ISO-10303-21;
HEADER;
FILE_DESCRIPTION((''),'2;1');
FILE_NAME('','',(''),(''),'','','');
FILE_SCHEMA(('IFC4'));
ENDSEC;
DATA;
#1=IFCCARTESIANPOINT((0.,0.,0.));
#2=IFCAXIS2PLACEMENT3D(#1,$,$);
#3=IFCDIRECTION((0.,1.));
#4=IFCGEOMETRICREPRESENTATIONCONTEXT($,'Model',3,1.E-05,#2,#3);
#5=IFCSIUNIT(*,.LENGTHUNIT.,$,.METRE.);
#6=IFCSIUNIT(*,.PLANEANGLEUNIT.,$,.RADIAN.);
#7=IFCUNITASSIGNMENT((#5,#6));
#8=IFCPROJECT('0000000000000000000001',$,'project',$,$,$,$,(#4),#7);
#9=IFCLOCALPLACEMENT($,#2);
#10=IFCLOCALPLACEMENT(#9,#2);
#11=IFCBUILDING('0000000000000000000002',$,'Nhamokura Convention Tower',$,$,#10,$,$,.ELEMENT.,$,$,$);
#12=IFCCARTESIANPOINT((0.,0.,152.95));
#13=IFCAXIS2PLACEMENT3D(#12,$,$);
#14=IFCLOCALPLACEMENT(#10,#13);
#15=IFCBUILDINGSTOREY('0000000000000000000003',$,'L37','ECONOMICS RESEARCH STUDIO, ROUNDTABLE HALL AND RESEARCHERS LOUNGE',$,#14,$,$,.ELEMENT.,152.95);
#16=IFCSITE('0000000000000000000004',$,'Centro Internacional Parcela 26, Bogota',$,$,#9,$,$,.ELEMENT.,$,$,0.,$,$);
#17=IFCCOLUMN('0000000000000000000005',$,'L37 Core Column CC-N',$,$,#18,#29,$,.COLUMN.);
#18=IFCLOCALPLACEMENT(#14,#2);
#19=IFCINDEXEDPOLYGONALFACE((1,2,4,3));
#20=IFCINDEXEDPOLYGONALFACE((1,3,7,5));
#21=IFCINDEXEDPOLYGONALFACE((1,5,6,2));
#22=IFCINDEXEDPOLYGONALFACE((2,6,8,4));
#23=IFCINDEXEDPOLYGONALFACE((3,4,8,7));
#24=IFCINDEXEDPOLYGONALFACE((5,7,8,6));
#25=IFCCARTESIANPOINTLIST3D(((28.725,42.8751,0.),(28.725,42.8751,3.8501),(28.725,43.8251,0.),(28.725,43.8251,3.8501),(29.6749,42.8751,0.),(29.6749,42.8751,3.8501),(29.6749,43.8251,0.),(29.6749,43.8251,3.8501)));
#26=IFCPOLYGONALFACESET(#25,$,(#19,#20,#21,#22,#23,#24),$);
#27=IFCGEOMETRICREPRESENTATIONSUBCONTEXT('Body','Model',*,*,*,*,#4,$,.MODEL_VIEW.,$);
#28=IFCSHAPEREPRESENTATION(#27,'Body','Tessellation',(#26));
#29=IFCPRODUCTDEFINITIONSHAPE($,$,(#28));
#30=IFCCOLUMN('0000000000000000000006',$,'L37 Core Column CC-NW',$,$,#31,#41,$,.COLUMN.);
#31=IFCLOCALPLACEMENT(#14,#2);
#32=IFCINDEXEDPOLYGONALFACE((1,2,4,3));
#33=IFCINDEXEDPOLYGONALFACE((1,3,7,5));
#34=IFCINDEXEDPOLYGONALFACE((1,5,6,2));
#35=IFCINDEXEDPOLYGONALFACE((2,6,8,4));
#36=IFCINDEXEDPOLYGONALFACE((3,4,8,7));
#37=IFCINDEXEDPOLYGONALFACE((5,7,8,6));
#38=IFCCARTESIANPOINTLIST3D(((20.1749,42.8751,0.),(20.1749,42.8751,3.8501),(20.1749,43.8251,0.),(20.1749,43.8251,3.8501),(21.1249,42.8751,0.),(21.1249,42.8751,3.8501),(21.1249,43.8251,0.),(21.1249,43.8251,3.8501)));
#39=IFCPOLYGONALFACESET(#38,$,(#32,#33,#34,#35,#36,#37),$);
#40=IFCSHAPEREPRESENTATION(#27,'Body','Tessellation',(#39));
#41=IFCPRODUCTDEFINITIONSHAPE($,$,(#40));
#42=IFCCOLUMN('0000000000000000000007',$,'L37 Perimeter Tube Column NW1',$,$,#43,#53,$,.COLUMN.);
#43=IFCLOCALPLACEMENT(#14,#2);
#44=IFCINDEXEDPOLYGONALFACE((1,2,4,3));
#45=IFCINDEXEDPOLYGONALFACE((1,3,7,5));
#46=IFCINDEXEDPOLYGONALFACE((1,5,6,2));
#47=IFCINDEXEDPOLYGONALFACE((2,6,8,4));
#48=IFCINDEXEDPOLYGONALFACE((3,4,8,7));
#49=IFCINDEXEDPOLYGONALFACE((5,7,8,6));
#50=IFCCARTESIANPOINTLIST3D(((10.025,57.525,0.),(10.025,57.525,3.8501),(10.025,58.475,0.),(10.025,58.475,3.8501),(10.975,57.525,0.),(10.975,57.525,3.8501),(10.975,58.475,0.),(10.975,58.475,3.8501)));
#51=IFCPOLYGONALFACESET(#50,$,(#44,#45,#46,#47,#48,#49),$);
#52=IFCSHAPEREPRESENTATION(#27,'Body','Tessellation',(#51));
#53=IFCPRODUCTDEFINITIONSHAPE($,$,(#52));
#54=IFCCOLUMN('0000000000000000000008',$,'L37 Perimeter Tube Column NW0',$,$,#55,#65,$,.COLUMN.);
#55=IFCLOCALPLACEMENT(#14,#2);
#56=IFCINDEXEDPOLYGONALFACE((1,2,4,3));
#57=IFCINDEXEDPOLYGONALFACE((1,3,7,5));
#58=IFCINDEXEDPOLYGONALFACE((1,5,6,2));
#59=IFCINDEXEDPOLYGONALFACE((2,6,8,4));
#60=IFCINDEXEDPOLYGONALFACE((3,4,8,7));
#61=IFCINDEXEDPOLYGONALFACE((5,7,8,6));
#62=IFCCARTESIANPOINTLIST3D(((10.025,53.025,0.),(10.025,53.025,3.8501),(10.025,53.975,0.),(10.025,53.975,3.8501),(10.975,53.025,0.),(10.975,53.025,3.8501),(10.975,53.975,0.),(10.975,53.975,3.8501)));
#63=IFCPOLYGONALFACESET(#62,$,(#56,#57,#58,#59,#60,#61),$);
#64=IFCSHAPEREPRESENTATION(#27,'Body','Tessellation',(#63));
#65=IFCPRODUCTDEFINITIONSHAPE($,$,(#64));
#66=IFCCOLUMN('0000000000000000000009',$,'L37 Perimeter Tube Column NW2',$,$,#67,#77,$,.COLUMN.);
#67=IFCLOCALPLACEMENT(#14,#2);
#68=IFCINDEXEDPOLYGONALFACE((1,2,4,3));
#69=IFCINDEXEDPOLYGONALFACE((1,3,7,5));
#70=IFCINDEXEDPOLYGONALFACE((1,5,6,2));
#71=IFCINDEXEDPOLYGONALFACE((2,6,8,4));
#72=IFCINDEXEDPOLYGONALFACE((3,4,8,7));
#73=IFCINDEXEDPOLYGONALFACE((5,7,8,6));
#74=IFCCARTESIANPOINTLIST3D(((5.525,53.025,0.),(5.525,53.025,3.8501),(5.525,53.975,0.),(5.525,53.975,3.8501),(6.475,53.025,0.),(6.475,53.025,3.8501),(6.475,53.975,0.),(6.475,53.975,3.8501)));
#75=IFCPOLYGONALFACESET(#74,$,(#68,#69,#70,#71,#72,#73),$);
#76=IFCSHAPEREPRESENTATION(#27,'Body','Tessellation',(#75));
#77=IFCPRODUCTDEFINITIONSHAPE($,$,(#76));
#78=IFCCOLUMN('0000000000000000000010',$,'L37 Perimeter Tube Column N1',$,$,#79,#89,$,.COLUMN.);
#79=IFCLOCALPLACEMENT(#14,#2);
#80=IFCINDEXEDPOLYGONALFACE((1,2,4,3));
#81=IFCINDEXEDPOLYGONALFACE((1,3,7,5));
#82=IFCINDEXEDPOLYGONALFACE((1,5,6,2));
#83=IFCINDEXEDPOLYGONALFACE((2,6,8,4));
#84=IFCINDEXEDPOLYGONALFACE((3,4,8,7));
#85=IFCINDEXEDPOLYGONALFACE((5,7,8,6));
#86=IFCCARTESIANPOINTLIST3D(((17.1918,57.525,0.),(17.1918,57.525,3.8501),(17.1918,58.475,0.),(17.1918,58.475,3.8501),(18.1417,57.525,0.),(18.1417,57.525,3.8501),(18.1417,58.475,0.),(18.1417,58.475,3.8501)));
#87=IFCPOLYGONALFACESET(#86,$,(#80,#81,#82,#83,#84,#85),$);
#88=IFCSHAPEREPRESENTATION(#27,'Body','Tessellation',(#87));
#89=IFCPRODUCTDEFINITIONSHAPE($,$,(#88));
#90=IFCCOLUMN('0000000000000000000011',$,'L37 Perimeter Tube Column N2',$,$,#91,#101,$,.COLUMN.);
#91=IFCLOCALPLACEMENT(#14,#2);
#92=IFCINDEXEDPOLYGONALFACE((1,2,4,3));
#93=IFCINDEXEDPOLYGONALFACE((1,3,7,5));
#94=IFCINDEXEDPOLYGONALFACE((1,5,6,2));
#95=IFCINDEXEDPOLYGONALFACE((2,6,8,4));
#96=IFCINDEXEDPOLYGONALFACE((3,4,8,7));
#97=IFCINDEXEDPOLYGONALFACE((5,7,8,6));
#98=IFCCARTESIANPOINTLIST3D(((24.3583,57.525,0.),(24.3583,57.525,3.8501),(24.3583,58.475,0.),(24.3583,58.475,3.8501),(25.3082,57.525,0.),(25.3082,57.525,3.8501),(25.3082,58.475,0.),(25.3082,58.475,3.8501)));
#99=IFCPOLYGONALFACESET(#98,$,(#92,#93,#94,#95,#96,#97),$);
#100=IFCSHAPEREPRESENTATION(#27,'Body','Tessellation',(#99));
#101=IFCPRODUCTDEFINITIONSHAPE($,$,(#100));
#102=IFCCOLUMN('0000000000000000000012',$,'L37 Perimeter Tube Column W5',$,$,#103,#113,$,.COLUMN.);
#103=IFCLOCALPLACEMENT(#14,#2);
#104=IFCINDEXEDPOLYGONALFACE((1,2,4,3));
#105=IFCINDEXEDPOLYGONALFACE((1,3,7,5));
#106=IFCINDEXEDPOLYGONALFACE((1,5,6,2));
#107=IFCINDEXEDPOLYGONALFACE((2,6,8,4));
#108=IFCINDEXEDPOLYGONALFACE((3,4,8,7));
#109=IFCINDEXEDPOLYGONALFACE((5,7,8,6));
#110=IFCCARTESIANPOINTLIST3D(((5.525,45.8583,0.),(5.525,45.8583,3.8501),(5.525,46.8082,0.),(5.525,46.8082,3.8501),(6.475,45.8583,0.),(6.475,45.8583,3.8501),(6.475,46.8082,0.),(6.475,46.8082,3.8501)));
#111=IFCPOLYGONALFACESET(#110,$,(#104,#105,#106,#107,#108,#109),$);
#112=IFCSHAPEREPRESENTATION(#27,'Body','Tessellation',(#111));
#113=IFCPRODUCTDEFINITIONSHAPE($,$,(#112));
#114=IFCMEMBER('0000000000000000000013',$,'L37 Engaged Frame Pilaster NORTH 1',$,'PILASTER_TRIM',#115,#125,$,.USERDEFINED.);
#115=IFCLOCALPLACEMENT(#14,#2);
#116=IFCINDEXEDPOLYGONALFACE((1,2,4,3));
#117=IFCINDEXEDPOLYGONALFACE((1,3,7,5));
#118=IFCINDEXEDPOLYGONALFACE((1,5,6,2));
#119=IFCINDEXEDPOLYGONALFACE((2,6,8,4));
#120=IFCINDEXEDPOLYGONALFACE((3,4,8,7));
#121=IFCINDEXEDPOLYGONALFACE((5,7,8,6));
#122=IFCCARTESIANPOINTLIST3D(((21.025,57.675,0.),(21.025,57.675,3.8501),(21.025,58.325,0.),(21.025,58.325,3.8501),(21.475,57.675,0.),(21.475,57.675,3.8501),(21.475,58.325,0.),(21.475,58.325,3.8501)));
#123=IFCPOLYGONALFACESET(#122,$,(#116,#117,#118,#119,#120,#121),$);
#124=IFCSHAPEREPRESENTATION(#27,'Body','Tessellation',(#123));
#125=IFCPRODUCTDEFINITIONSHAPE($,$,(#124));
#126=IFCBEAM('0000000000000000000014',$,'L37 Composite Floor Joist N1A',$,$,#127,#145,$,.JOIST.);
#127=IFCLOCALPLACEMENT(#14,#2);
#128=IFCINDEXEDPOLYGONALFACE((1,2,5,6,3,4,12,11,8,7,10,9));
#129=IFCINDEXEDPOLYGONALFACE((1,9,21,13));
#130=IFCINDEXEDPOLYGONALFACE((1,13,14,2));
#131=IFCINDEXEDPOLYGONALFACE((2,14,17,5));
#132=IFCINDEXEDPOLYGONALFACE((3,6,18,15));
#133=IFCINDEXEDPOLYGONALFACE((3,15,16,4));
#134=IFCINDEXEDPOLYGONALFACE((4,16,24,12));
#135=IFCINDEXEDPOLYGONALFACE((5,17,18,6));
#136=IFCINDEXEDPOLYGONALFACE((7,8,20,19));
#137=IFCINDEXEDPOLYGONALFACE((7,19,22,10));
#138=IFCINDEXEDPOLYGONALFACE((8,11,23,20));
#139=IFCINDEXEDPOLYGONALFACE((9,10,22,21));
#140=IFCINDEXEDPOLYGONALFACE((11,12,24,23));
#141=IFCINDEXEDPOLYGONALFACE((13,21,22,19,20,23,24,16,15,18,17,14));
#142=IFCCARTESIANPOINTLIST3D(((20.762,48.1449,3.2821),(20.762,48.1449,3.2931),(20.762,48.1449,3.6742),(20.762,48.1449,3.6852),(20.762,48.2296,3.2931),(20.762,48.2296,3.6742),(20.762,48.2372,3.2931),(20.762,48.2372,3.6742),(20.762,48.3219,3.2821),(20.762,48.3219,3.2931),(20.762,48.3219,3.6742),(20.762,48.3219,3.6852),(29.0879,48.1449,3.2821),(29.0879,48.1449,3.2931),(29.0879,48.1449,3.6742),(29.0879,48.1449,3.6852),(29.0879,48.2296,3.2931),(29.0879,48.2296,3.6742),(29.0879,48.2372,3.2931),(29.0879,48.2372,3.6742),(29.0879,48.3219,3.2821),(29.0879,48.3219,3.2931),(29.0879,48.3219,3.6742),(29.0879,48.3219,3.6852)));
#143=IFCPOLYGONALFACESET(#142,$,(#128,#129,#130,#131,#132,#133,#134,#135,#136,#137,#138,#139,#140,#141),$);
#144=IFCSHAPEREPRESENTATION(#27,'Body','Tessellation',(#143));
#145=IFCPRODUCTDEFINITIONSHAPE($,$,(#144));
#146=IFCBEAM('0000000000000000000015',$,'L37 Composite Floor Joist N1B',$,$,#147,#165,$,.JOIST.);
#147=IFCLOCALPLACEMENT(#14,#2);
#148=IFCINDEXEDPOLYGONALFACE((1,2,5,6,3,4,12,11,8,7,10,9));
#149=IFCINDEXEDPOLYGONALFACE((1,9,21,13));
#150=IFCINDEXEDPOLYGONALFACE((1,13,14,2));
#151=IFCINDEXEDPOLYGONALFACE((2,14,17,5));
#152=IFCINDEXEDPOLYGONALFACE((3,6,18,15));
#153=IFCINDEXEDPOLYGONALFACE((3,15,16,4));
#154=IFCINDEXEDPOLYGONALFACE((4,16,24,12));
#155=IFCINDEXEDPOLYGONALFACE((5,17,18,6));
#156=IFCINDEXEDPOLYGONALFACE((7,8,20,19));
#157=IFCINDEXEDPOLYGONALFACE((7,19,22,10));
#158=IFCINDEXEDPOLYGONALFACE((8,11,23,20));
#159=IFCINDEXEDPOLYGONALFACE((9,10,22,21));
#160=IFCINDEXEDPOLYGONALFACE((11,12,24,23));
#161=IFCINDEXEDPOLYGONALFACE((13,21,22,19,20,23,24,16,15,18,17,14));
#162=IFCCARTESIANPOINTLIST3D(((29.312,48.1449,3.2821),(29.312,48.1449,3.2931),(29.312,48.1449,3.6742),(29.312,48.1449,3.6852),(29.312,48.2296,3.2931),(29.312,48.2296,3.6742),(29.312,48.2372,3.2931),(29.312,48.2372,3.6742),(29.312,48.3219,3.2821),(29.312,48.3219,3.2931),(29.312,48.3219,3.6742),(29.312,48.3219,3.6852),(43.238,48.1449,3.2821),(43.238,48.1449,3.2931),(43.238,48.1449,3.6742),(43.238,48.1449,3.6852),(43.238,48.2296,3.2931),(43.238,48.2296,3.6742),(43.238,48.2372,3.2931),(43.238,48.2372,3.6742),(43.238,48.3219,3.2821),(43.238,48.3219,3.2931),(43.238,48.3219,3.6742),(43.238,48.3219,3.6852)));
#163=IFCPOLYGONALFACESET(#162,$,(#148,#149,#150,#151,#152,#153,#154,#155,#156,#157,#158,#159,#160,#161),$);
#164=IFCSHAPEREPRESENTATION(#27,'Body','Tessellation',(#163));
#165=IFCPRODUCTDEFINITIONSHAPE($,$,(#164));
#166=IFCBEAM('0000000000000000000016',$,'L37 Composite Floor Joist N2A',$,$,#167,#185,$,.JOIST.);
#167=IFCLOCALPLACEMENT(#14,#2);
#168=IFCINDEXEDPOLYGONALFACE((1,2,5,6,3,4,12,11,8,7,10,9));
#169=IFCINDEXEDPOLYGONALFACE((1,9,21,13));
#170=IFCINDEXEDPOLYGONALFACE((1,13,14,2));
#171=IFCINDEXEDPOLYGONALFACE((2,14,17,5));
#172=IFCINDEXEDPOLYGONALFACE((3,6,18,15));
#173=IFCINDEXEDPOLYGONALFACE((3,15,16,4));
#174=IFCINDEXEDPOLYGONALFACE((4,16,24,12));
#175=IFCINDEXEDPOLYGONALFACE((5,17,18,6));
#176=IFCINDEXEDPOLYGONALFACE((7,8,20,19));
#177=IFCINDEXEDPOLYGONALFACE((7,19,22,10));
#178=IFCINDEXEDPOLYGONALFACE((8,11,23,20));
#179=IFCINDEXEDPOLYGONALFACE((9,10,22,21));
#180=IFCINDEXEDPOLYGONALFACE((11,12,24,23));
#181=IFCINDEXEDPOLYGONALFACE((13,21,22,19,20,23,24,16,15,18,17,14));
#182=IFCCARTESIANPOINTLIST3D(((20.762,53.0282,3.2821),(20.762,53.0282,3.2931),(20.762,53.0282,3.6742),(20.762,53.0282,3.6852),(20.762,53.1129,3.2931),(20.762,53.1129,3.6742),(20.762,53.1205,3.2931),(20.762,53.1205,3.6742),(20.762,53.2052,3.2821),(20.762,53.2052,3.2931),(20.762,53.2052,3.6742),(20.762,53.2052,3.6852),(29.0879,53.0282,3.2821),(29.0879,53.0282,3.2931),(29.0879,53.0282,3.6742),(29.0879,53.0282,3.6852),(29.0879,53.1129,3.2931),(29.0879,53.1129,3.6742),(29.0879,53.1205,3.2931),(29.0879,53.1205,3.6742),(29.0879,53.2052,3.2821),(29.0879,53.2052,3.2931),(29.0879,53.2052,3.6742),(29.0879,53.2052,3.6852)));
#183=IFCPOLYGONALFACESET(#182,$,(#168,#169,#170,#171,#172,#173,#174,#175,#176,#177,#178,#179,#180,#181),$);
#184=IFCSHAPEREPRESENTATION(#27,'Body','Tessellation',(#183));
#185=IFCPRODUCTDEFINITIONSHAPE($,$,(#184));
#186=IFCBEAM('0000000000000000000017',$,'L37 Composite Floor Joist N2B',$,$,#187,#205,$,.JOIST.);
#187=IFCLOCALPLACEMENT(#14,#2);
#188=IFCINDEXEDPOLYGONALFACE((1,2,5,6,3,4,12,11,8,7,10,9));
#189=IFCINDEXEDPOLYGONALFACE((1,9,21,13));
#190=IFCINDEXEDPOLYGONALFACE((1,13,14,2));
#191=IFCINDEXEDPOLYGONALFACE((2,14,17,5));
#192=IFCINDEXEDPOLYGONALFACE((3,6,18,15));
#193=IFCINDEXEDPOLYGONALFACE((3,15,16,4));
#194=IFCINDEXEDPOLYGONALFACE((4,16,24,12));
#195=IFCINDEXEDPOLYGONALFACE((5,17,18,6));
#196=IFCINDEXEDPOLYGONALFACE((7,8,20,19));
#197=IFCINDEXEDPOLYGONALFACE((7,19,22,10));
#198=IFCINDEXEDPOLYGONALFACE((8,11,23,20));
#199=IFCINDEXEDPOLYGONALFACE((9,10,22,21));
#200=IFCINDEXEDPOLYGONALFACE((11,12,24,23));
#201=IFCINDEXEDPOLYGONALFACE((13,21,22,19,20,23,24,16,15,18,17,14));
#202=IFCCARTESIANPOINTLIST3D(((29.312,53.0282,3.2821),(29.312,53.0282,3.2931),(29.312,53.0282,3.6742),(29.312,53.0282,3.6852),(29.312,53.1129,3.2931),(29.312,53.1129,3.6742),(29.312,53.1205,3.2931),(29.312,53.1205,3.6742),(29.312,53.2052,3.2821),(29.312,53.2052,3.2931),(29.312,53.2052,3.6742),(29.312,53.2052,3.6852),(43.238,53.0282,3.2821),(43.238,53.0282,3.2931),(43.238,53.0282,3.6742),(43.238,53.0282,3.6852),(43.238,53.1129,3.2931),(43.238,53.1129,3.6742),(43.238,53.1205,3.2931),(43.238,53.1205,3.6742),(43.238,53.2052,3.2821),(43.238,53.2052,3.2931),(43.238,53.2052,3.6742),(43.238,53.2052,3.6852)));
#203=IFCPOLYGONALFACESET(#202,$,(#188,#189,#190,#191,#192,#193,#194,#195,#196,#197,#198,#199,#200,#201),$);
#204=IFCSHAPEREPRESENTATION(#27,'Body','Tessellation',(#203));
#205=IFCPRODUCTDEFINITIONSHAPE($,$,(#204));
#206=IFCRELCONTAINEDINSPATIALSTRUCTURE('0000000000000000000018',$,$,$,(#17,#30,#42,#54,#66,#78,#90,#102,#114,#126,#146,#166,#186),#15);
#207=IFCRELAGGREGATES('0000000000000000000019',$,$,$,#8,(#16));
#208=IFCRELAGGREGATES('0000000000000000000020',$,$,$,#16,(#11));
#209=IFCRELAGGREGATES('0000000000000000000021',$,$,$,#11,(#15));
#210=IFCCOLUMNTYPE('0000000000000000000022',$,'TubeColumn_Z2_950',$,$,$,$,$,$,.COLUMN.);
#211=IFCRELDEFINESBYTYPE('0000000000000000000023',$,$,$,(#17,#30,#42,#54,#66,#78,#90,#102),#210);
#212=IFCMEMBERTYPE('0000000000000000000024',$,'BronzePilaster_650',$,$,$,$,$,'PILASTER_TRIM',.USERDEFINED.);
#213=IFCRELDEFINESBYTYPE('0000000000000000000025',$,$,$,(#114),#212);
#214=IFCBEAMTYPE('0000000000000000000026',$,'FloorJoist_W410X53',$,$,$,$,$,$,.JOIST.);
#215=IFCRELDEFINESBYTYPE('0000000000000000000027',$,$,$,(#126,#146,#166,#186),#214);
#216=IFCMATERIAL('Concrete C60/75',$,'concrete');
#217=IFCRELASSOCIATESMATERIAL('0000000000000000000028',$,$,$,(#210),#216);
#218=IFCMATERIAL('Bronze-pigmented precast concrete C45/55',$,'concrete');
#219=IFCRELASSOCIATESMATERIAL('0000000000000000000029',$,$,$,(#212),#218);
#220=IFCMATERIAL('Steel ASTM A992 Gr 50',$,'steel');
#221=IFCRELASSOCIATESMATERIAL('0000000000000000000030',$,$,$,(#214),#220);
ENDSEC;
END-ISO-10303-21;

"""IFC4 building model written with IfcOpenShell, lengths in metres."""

from ifc_helpers import new_model, si_unit, direction, frame, origin, origin_2d, place, context, subcontext, project, spatial, rectangle, i_section, extrude, material, material_profile, profile_set, type_object, element, save


model = new_model("IFC4")

# Units and contexts
model_context = context("Model", 3, precision=1e-05, world=origin(), true_north=direction((0.0, 1.0)))
body_context = subcontext(model_context, "Body", "Model", "MODEL_VIEW")
ifc_project = project(units=[si_unit("LENGTHUNIT", "METRE"), si_unit("PLANEANGLEUNIT", "RADIAN")], contexts=[model_context])

# Site, building, storey
site_placement = place(None, origin())
site = spatial("IfcSite", under=ifc_project, at=site_placement, Name="Centro Internacional Parcela 26, Bogota", CompositionType="ELEMENT", RefElevation=0.0)
building_placement = place(site_placement, origin())
building = spatial("IfcBuilding", under=site, at=building_placement, Name="Nhamokura Convention Tower", CompositionType="ELEMENT")
storey_placement = place(building_placement, frame((0.0, 0.0, 152.95)))
storey = spatial("IfcBuildingStorey", under=building, at=storey_placement, Name="L37", Description="ECONOMICS RESEARCH STUDIO, ROUNDTABLE HALL AND RESEARCHERS LOUNGE", CompositionType="ELEMENT", Elevation=152.95)

# Columns
ifc_material_1 = material(Name="Concrete C60/75", Category="concrete")
ifc_material_profile_1 = material_profile(ifc_material_1, rectangle(XDim=0.95, YDim=0.95, at=origin_2d()))
ifc_profile_set_1 = profile_set([ifc_material_profile_1], Name="Concrete C60/75")
column_type = type_object("IfcColumnType", Name="TubeColumn_Z2_950", PredefinedType="COLUMN", material=ifc_profile_set_1)
for number, where, z_axis, x_axis, name in (
    (1, (29.2, 43.3501, 0.0), (0.0, 0.0, 1.0), (1.0, 0.0, 0.0), "L37 Core Column CC-N"),
    (2, (20.6499, 43.3501, 0.0), (0.0, 0.0, 1.0), (1.0, 0.0, 0.0), "L37 Core Column CC-NW"),
    (3, (10.5, 58.0, 0.0), (0.0, 0.0, 1.0), (1.0, 0.0, 0.0), "L37 Perimeter Tube Column NW1"),
    (4, (10.5, 53.5, 0.0), (0.0, 0.0, 1.0), (1.0, 0.0, 0.0), "L37 Perimeter Tube Column NW0"),
    (5, (6.0, 53.5, 0.0), (0.0, 0.0, 1.0), (1.0, 0.0, 0.0), "L37 Perimeter Tube Column NW2"),
    (6, (17.6667, 58.0, 0.0), (0.0, 0.0, 1.0), (1.0, 0.0, 0.0), "L37 Perimeter Tube Column N1"),
    (7, (24.8333, 58.0, 0.0), (0.0, 0.0, 1.0), (1.0, 0.0, 0.0), "L37 Perimeter Tube Column N2"),
    (8, (6.0, 46.3333, 0.0), (0.0, 0.0, 1.0), (1.0, 0.0, 0.0), "L37 Perimeter Tube Column W5"),
):
    element("IfcColumn", number, at=place(storey_placement, frame(where, z_axis=z_axis, x_axis=x_axis)), inside=storey, type_object=column_type, Name=name, PredefinedType="COLUMN", context=body_context, shape_type="SweptSolid", body=[
        extrude(rectangle(XDim=0.95, YDim=0.95, at=origin_2d()), origin(), (0.0, 0.0, 1.0), 3.8501),
    ])

# Member
ifc_material_2 = material(Name="Bronze-pigmented precast concrete C45/55", Category="concrete")
ifc_material_profile_2 = material_profile(ifc_material_2, rectangle(XDim=0.45, YDim=0.6499, at=origin_2d()))
ifc_profile_set_2 = profile_set([ifc_material_profile_2], Name="Bronze-pigmented precast concrete C45/55")
member_type_1 = type_object("IfcMemberType", Name="BronzePilaster_650", ElementType="PILASTER_TRIM", PredefinedType="USERDEFINED", material=ifc_profile_set_2)
member_placement = place(storey_placement, frame((21.25, 58.0, 0.0), z_axis=(0.0, 0.0, 1.0), x_axis=(1.0, 0.0, 0.0)))
element("IfcMember", 9, at=member_placement, inside=storey, type_object=member_type_1, Name="L37 Engaged Frame Pilaster NORTH 1", ObjectType="PILASTER_TRIM", PredefinedType="USERDEFINED", context=body_context, shape_type="SweptSolid", body=[
    extrude(rectangle(XDim=0.45, YDim=0.6499, at=origin_2d()), origin(), (0.0, 0.0, 1.0), 3.8501),
])

# Beams
ifc_material_3 = material(Name="Steel ASTM A992 Gr 50", Category="steel")
ifc_material_profile_3 = material_profile(ifc_material_3, i_section(OverallWidth=0.177, OverallDepth=0.4031, WebThickness=0.0076, FlangeThickness=0.011, at=origin_2d()))
ifc_profile_set_3 = profile_set([ifc_material_profile_3], Name="Steel ASTM A992 Gr 50")
beam_type_1 = type_object("IfcBeamType", Name="FloorJoist_W410X53", PredefinedType="JOIST", material=ifc_profile_set_3)
beam_1_placement = place(storey_placement, frame((20.762, 48.2334, 3.4836), z_axis=(1.0, 0.0, 0.0), x_axis=(0.0, 1.0, 0.0)))
element("IfcBeam", 10, at=beam_1_placement, inside=storey, type_object=beam_type_1, Name="L37 Composite Floor Joist N1A", PredefinedType="JOIST", context=body_context, shape_type="SweptSolid", body=[
    extrude(i_section(OverallWidth=0.177, OverallDepth=0.4031, WebThickness=0.0076, FlangeThickness=0.011, at=origin_2d()), origin(), (0.0, 0.0, 1.0), 8.3259),
])
beam_2_placement = place(storey_placement, frame((29.312, 48.2334, 3.4836), z_axis=(1.0, 0.0, 0.0), x_axis=(0.0, 1.0, 0.0)))
element("IfcBeam", 11, at=beam_2_placement, inside=storey, type_object=beam_type_1, Name="L37 Composite Floor Joist N1B", PredefinedType="JOIST", context=body_context, shape_type="SweptSolid", body=[
    extrude(i_section(OverallWidth=0.177, OverallDepth=0.4031, WebThickness=0.0076, FlangeThickness=0.011, at=origin_2d()), origin(), (0.0, 0.0, 1.0), 13.926),
])
beam_3_placement = place(storey_placement, frame((20.762, 53.1167, 3.4836), z_axis=(1.0, 0.0, 0.0), x_axis=(0.0, 1.0, 0.0)))
element("IfcBeam", 12, at=beam_3_placement, inside=storey, type_object=beam_type_1, Name="L37 Composite Floor Joist N2A", PredefinedType="JOIST", context=body_context, shape_type="SweptSolid", body=[
    extrude(i_section(OverallWidth=0.177, OverallDepth=0.4031, WebThickness=0.0076, FlangeThickness=0.011, at=origin_2d()), origin(), (0.0, 0.0, 1.0), 8.3259),
])
beam_4_placement = place(storey_placement, frame((29.312, 53.1167, 3.4836), z_axis=(1.0, 0.0, 0.0), x_axis=(0.0, 1.0, 0.0)))
element("IfcBeam", 13, at=beam_4_placement, inside=storey, type_object=beam_type_1, Name="L37 Composite Floor Joist N2B", PredefinedType="JOIST", context=body_context, shape_type="SweptSolid", body=[
    extrude(i_section(OverallWidth=0.177, OverallDepth=0.4031, WebThickness=0.0076, FlangeThickness=0.011, at=origin_2d()), origin(), (0.0, 0.0, 1.0), 13.926),
])

save(model, "model.ifc")
